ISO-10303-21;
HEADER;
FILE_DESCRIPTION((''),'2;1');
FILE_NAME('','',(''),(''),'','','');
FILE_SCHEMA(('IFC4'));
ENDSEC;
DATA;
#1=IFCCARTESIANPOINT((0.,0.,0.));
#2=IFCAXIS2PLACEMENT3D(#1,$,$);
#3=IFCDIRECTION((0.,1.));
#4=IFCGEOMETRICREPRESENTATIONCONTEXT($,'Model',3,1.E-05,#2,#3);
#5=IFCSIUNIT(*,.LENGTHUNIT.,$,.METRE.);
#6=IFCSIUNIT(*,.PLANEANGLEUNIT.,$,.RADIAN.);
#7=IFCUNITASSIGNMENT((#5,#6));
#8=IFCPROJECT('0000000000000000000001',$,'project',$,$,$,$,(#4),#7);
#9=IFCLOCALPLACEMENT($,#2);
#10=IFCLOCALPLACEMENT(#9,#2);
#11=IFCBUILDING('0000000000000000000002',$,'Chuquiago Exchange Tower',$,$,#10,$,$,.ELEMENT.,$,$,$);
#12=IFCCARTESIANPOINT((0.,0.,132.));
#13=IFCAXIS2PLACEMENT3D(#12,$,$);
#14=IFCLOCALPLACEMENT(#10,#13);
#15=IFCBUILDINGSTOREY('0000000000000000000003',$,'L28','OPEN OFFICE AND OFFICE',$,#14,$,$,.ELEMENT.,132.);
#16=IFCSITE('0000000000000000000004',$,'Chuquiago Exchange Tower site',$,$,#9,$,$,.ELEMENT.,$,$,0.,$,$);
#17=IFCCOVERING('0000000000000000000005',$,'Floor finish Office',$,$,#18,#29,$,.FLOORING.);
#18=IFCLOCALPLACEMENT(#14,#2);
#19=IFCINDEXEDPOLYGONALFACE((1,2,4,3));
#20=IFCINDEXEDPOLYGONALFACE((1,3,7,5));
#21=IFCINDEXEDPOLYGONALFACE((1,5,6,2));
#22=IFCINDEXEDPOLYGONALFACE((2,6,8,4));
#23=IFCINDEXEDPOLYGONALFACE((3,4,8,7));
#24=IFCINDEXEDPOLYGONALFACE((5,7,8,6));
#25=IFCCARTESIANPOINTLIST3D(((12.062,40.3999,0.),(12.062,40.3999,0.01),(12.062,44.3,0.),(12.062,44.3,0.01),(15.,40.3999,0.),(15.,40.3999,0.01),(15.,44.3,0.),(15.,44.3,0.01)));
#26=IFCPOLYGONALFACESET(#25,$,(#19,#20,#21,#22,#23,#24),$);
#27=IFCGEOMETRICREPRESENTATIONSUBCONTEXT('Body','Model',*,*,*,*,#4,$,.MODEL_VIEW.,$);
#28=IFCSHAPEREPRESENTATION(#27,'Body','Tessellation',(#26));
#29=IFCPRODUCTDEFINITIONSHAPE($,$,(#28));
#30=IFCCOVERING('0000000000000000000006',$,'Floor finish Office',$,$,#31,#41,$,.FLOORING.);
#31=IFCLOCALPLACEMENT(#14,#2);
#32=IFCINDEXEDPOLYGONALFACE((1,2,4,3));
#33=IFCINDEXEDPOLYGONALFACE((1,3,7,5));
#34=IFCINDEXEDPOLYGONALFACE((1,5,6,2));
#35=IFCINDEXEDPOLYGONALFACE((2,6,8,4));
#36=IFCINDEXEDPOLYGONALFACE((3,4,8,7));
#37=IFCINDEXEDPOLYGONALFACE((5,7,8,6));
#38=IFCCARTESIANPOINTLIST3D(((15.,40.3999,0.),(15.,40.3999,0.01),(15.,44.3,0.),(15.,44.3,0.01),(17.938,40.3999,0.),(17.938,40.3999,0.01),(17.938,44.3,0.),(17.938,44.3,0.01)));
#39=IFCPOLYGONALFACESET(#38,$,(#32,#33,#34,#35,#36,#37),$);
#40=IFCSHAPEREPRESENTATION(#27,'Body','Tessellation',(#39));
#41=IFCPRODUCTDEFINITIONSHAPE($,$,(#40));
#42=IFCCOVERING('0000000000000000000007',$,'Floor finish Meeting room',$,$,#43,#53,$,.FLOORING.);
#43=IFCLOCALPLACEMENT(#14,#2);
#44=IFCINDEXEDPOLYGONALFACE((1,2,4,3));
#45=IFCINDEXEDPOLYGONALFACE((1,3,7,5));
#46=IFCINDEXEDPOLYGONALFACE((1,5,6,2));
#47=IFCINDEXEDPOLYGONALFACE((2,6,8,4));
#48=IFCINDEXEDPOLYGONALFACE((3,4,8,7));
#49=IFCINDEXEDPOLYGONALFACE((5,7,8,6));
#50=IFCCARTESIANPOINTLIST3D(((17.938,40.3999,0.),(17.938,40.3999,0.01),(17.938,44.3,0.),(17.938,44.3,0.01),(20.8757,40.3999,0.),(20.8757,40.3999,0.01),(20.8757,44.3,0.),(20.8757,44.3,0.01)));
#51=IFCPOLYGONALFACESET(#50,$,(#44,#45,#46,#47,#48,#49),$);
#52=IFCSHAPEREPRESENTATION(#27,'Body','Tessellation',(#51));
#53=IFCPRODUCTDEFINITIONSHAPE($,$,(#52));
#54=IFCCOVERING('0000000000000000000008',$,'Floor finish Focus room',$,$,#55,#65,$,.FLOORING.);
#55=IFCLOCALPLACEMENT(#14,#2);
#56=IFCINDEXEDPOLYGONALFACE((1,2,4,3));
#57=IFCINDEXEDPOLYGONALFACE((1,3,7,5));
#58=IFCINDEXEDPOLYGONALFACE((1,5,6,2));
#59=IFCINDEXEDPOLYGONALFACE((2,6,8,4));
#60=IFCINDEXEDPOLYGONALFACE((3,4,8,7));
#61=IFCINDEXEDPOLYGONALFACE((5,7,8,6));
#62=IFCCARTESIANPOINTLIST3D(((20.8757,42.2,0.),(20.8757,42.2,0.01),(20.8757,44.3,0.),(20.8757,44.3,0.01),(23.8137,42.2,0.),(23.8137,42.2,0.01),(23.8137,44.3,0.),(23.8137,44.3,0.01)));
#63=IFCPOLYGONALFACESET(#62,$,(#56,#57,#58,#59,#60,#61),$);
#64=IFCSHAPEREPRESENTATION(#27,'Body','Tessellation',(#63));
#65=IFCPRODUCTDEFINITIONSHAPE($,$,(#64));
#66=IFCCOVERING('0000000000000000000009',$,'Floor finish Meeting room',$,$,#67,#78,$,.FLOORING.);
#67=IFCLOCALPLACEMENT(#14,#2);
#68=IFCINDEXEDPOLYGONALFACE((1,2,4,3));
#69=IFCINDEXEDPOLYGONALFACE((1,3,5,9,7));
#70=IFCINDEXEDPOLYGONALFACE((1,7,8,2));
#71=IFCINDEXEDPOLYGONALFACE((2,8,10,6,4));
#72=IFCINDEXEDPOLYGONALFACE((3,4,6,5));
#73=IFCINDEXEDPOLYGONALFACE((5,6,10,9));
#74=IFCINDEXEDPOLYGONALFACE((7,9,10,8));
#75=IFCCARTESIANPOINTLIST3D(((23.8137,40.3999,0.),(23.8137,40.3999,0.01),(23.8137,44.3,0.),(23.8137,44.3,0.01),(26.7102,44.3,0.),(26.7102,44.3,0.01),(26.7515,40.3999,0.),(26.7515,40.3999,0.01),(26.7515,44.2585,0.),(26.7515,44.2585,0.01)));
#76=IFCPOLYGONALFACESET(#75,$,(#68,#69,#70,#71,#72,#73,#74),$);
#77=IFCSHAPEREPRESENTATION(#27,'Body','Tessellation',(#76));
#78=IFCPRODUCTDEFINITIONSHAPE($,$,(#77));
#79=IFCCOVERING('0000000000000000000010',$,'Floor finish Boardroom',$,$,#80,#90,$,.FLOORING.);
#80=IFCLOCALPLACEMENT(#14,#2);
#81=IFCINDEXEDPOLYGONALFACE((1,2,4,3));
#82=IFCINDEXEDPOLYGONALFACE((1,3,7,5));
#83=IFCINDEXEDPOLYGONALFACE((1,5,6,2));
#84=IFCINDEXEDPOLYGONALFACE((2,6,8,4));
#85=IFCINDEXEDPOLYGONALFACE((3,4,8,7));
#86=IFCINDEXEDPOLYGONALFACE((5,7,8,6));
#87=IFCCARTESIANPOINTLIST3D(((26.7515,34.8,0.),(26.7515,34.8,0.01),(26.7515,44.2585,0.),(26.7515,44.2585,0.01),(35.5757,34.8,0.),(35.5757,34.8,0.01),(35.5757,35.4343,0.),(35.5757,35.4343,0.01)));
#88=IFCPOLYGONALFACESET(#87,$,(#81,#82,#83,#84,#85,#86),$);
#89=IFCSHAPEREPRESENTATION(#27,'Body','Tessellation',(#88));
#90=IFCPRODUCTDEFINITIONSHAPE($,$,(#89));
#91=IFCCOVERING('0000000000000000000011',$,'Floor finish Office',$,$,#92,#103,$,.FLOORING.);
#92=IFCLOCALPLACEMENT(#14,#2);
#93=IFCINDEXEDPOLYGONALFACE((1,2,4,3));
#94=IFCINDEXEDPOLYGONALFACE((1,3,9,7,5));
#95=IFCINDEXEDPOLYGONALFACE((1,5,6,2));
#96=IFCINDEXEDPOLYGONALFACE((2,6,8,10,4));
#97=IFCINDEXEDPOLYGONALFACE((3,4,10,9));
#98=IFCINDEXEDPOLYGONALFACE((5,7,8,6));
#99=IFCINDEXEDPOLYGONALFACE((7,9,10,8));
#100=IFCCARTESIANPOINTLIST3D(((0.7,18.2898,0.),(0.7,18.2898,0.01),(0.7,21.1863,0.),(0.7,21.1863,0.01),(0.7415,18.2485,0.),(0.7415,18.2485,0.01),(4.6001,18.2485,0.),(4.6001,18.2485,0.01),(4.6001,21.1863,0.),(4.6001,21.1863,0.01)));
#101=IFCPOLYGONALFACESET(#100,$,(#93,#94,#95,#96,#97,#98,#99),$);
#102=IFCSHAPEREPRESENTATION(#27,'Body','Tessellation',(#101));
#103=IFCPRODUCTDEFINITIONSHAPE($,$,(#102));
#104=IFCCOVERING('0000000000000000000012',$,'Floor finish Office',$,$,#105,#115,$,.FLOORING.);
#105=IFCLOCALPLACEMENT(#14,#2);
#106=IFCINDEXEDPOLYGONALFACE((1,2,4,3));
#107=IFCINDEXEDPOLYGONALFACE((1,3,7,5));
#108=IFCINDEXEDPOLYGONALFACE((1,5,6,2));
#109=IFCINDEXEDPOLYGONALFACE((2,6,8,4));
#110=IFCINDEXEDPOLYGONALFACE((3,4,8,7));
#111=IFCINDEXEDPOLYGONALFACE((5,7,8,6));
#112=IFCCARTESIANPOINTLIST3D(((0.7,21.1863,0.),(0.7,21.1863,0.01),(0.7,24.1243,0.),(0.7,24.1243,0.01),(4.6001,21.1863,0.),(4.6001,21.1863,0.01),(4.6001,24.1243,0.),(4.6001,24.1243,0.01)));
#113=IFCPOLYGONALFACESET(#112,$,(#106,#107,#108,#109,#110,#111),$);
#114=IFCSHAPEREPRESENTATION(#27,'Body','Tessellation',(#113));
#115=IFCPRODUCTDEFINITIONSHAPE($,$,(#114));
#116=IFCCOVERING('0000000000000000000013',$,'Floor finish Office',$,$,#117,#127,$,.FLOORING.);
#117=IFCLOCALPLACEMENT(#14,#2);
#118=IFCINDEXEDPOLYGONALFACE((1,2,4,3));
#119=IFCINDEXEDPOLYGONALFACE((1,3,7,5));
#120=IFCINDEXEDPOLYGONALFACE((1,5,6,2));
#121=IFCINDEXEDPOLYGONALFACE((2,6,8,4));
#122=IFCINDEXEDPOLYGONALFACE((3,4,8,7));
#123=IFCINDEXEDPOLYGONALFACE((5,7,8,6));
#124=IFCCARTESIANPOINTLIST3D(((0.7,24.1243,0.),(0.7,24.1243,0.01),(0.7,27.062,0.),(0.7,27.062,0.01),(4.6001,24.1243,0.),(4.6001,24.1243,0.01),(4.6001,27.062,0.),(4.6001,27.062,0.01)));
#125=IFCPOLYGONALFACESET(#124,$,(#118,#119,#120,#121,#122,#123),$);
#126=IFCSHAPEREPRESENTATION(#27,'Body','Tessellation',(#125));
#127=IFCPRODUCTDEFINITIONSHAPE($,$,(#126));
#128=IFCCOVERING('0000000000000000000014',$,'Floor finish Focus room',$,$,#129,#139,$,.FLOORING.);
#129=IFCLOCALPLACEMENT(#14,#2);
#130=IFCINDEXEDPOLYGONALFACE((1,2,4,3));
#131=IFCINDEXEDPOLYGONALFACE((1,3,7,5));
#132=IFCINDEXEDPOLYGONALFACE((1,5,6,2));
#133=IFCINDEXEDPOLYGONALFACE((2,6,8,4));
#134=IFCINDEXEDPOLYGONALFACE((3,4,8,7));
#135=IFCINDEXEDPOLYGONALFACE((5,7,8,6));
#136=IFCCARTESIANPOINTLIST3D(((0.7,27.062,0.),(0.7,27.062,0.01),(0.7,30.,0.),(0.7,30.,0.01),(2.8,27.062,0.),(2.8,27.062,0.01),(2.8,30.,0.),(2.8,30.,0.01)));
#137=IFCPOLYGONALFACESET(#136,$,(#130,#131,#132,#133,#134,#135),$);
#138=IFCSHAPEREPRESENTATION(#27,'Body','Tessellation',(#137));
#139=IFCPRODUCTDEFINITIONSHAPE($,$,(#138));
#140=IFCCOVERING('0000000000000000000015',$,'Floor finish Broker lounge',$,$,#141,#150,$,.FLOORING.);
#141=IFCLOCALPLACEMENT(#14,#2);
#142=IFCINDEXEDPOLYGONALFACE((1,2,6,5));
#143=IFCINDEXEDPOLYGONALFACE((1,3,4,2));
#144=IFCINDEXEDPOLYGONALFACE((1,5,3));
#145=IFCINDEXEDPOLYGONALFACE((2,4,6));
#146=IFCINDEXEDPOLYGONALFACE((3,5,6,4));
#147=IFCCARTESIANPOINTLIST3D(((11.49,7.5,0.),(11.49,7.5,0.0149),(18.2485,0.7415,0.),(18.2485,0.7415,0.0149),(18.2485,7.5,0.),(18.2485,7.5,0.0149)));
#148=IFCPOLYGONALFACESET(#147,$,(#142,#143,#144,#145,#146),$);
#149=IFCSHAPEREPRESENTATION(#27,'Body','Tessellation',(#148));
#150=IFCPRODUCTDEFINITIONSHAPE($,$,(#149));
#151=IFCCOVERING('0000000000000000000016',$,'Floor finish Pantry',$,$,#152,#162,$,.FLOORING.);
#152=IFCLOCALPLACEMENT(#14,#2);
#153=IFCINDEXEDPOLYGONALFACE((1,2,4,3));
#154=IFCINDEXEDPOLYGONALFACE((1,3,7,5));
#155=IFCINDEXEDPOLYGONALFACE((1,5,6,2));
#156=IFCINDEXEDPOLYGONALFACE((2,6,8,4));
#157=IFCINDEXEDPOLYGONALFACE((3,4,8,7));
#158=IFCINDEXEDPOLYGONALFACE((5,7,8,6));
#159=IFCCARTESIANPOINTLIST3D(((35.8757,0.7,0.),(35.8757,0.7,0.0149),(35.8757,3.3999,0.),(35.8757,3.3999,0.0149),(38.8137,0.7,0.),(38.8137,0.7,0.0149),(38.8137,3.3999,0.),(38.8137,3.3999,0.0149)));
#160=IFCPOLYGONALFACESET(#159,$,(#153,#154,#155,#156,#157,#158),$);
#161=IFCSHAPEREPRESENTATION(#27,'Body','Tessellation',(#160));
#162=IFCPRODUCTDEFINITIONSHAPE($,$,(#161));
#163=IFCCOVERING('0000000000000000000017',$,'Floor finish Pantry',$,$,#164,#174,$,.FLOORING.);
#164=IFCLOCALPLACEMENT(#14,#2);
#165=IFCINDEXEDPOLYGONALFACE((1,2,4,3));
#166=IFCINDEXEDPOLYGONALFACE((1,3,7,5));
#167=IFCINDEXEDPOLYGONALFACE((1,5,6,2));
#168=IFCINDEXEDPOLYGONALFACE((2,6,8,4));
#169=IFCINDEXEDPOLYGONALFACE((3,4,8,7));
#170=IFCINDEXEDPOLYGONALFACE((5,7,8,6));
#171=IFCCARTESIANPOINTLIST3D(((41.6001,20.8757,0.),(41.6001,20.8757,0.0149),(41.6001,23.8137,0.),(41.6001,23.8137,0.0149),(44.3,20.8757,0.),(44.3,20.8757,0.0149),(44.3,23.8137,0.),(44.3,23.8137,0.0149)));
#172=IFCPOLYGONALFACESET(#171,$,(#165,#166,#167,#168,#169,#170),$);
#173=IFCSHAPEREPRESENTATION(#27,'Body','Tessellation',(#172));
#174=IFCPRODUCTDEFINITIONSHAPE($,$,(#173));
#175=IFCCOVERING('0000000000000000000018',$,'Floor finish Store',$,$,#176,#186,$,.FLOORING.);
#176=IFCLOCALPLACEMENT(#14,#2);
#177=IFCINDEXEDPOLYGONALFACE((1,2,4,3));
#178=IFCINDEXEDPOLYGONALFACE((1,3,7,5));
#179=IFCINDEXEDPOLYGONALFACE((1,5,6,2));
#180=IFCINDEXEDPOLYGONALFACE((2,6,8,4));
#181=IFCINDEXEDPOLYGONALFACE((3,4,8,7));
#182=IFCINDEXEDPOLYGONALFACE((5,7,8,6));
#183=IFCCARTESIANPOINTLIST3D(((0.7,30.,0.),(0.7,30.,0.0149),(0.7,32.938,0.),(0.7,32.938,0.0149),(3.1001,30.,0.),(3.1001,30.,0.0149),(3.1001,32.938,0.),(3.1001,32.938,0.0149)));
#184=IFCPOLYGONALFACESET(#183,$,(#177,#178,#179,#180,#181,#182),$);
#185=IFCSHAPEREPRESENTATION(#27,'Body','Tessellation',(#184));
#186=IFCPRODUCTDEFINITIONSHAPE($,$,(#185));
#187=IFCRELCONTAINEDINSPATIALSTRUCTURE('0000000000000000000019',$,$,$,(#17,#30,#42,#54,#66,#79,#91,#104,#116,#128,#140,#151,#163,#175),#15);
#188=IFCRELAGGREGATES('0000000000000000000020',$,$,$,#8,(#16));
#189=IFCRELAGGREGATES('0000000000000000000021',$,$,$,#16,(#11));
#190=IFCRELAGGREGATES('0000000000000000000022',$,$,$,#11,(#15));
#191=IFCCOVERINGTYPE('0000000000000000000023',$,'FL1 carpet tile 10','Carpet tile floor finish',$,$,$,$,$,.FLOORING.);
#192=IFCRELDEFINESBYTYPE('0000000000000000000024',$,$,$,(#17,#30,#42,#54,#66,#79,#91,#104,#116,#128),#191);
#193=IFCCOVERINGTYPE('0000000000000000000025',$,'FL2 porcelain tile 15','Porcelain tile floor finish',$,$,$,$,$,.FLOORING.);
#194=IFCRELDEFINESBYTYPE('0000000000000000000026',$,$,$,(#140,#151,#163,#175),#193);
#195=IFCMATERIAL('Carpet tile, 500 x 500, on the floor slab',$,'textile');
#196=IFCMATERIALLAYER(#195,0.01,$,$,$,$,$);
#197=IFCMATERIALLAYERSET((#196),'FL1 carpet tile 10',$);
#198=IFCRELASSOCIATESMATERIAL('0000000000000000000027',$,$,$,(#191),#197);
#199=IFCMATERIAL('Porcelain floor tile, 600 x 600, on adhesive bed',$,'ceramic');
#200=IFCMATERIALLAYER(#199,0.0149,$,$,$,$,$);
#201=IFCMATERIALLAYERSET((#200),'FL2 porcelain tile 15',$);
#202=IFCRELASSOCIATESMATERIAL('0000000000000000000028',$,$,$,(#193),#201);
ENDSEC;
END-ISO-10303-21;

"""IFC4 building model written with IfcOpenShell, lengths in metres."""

from ifc_helpers import new_model, si_unit, direction, frame, origin, place, context, subcontext, project, spatial, polyline, outline, extrude, material, layer, layer_set, type_object, element, save


model = new_model("IFC4")

# Units and contexts
model_context = context("Model", 3, precision=1e-05, world=origin(), true_north=direction((0.0, 1.0)))
body_context = subcontext(model_context, "Body", "Model", "MODEL_VIEW")
ifc_project = project(units=[si_unit("LENGTHUNIT", "METRE"), si_unit("PLANEANGLEUNIT", "RADIAN")], contexts=[model_context])

# Site, building, storey
site_placement = place(None, origin())
site = spatial("IfcSite", under=ifc_project, at=site_placement, Name="Chuquiago Exchange Tower site", CompositionType="ELEMENT", RefElevation=0.0)
building_placement = place(site_placement, origin())
building = spatial("IfcBuilding", under=site, at=building_placement, Name="Chuquiago Exchange Tower", CompositionType="ELEMENT")
storey_placement = place(building_placement, frame((0.0, 0.0, 132.0)))
storey = spatial("IfcBuildingStorey", under=building, at=storey_placement, Name="L28", Description="OPEN OFFICE AND OFFICE", CompositionType="ELEMENT", Elevation=132.0)

# Coverings
ifc_material_1 = material(Name="Carpet tile, 500 x 500, on the floor slab", Category="textile")
ifc_layer_1 = layer(ifc_material_1, 0.01)
ifc_layer_set_1 = layer_set([ifc_layer_1], Name="FL1 carpet tile 10")
covering_type_1 = type_object("IfcCoveringType", Name="FL1 carpet tile 10", Description="Carpet tile floor finish", PredefinedType="FLOORING", material=ifc_layer_set_1)
covering_1_placement = place(storey_placement, origin())
element("IfcCovering", 1, at=covering_1_placement, inside=storey, type_object=covering_type_1, Name="Floor finish Office", PredefinedType="FLOORING", context=body_context, shape_type="SweptSolid", body=[
    extrude(outline(polyline([(15.0, 44.3), (15.0, 40.3999), (12.062, 40.3999), (12.062, 44.3), (15.0, 44.3)])), origin(), (0.0, 0.0, 1.0), 0.01),
])
covering_2_placement = place(storey_placement, origin())
element("IfcCovering", 2, at=covering_2_placement, inside=storey, type_object=covering_type_1, Name="Floor finish Office", PredefinedType="FLOORING", context=body_context, shape_type="SweptSolid", body=[
    extrude(outline(polyline([(17.938, 44.3), (17.938, 40.3999), (15.0, 40.3999), (15.0, 44.3), (17.938, 44.3)])), origin(), (0.0, 0.0, 1.0), 0.01),
])
covering_3_placement = place(storey_placement, origin())
element("IfcCovering", 3, at=covering_3_placement, inside=storey, type_object=covering_type_1, Name="Floor finish Meeting room", PredefinedType="FLOORING", context=body_context, shape_type="SweptSolid", body=[
    extrude(outline(polyline([(20.8757, 44.3), (20.8757, 40.3999), (17.938, 40.3999), (17.938, 44.3), (20.8757, 44.3)])), origin(), (0.0, 0.0, 1.0), 0.01),
])
covering_4_placement = place(storey_placement, origin())
element("IfcCovering", 4, at=covering_4_placement, inside=storey, type_object=covering_type_1, Name="Floor finish Focus room", PredefinedType="FLOORING", context=body_context, shape_type="SweptSolid", body=[
    extrude(outline(polyline([(23.8137, 44.3), (23.8137, 42.2), (20.8757, 42.2), (20.8757, 44.3), (23.8137, 44.3)])), origin(), (0.0, 0.0, 1.0), 0.01),
])
covering_5_placement = place(storey_placement, origin())
element("IfcCovering", 5, at=covering_5_placement, inside=storey, type_object=covering_type_1, Name="Floor finish Meeting room", PredefinedType="FLOORING", context=body_context, shape_type="SweptSolid", body=[
    extrude(outline(polyline([(26.7102, 44.3), (26.7515, 44.2585), (26.7515, 40.3999), (23.8137, 40.3999), (23.8137, 44.3), (26.7102, 44.3)])), origin(), (0.0, 0.0, 1.0), 0.01),
])
covering_6_placement = place(storey_placement, origin())
element("IfcCovering", 6, at=covering_6_placement, inside=storey, type_object=covering_type_1, Name="Floor finish Boardroom", PredefinedType="FLOORING", context=body_context, shape_type="SweptSolid", body=[
    extrude(outline(polyline([(35.5757, 35.4343), (35.5757, 34.8), (26.7515, 34.8), (26.7515, 44.2585), (35.5757, 35.4343)])), origin(), (0.0, 0.0, 1.0), 0.01),
])
covering_7_placement = place(storey_placement, origin())
element("IfcCovering", 7, at=covering_7_placement, inside=storey, type_object=covering_type_1, Name="Floor finish Office", PredefinedType="FLOORING", context=body_context, shape_type="SweptSolid", body=[
    extrude(outline(polyline([(0.7, 21.1863), (4.6001, 21.1863), (4.6001, 18.2485), (0.7415, 18.2485), (0.7, 18.2898), (0.7, 21.1863)])), origin(), (0.0, 0.0, 1.0), 0.01),
])
covering_8_placement = place(storey_placement, origin())
element("IfcCovering", 8, at=covering_8_placement, inside=storey, type_object=covering_type_1, Name="Floor finish Office", PredefinedType="FLOORING", context=body_context, shape_type="SweptSolid", body=[
    extrude(outline(polyline([(0.7, 24.1243), (4.6001, 24.1243), (4.6001, 21.1863), (0.7, 21.1863), (0.7, 24.1243)])), origin(), (0.0, 0.0, 1.0), 0.01),
])
covering_9_placement = place(storey_placement, origin())
element("IfcCovering", 9, at=covering_9_placement, inside=storey, type_object=covering_type_1, Name="Floor finish Office", PredefinedType="FLOORING", context=body_context, shape_type="SweptSolid", body=[
    extrude(outline(polyline([(0.7, 27.062), (4.6001, 27.062), (4.6001, 24.1243), (0.7, 24.1243), (0.7, 27.062)])), origin(), (0.0, 0.0, 1.0), 0.01),
])
covering_10_placement = place(storey_placement, origin())
element("IfcCovering", 10, at=covering_10_placement, inside=storey, type_object=covering_type_1, Name="Floor finish Focus room", PredefinedType="FLOORING", context=body_context, shape_type="SweptSolid", body=[
    extrude(outline(polyline([(0.7, 30.0), (2.8, 30.0), (2.8, 27.062), (0.7, 27.062), (0.7, 30.0)])), origin(), (0.0, 0.0, 1.0), 0.01),
])
ifc_material_2 = material(Name="Porcelain floor tile, 600 x 600, on adhesive bed", Category="ceramic")
ifc_layer_2 = layer(ifc_material_2, 0.0149)
ifc_layer_set_2 = layer_set([ifc_layer_2], Name="FL2 porcelain tile 15")
covering_type_2 = type_object("IfcCoveringType", Name="FL2 porcelain tile 15", Description="Porcelain tile floor finish", PredefinedType="FLOORING", material=ifc_layer_set_2)
covering_11_placement = place(storey_placement, origin())
element("IfcCovering", 11, at=covering_11_placement, inside=storey, type_object=covering_type_2, Name="Floor finish Broker lounge", PredefinedType="FLOORING", context=body_context, shape_type="SweptSolid", body=[
    extrude(outline(polyline([(11.49, 7.5), (18.2485, 7.5), (18.2485, 0.7415), (11.49, 7.5)])), origin(), (0.0, 0.0, 1.0), 0.0149),
])
covering_12_placement = place(storey_placement, origin())
element("IfcCovering", 12, at=covering_12_placement, inside=storey, type_object=covering_type_2, Name="Floor finish Pantry", PredefinedType="FLOORING", context=body_context, shape_type="SweptSolid", body=[
    extrude(outline(polyline([(35.8757, 0.7), (35.8757, 3.3999), (38.8137, 3.3999), (38.8137, 0.7), (35.8757, 0.7)])), origin(), (0.0, 0.0, 1.0), 0.0149),
])
covering_13_placement = place(storey_placement, origin())
element("IfcCovering", 13, at=covering_13_placement, inside=storey, type_object=covering_type_2, Name="Floor finish Pantry", PredefinedType="FLOORING", context=body_context, shape_type="SweptSolid", body=[
    extrude(outline(polyline([(44.3, 20.8757), (41.6001, 20.8757), (41.6001, 23.8137), (44.3, 23.8137), (44.3, 20.8757)])), origin(), (0.0, 0.0, 1.0), 0.0149),
])
covering_14_placement = place(storey_placement, origin())
element("IfcCovering", 14, at=covering_14_placement, inside=storey, type_object=covering_type_2, Name="Floor finish Store", PredefinedType="FLOORING", context=body_context, shape_type="SweptSolid", body=[
    extrude(outline(polyline([(0.7, 32.938), (3.1001, 32.938), (3.1001, 30.0), (0.7, 30.0), (0.7, 32.938)])), origin(), (0.0, 0.0, 1.0), 0.0149),
])

save(model, "model.ifc")
